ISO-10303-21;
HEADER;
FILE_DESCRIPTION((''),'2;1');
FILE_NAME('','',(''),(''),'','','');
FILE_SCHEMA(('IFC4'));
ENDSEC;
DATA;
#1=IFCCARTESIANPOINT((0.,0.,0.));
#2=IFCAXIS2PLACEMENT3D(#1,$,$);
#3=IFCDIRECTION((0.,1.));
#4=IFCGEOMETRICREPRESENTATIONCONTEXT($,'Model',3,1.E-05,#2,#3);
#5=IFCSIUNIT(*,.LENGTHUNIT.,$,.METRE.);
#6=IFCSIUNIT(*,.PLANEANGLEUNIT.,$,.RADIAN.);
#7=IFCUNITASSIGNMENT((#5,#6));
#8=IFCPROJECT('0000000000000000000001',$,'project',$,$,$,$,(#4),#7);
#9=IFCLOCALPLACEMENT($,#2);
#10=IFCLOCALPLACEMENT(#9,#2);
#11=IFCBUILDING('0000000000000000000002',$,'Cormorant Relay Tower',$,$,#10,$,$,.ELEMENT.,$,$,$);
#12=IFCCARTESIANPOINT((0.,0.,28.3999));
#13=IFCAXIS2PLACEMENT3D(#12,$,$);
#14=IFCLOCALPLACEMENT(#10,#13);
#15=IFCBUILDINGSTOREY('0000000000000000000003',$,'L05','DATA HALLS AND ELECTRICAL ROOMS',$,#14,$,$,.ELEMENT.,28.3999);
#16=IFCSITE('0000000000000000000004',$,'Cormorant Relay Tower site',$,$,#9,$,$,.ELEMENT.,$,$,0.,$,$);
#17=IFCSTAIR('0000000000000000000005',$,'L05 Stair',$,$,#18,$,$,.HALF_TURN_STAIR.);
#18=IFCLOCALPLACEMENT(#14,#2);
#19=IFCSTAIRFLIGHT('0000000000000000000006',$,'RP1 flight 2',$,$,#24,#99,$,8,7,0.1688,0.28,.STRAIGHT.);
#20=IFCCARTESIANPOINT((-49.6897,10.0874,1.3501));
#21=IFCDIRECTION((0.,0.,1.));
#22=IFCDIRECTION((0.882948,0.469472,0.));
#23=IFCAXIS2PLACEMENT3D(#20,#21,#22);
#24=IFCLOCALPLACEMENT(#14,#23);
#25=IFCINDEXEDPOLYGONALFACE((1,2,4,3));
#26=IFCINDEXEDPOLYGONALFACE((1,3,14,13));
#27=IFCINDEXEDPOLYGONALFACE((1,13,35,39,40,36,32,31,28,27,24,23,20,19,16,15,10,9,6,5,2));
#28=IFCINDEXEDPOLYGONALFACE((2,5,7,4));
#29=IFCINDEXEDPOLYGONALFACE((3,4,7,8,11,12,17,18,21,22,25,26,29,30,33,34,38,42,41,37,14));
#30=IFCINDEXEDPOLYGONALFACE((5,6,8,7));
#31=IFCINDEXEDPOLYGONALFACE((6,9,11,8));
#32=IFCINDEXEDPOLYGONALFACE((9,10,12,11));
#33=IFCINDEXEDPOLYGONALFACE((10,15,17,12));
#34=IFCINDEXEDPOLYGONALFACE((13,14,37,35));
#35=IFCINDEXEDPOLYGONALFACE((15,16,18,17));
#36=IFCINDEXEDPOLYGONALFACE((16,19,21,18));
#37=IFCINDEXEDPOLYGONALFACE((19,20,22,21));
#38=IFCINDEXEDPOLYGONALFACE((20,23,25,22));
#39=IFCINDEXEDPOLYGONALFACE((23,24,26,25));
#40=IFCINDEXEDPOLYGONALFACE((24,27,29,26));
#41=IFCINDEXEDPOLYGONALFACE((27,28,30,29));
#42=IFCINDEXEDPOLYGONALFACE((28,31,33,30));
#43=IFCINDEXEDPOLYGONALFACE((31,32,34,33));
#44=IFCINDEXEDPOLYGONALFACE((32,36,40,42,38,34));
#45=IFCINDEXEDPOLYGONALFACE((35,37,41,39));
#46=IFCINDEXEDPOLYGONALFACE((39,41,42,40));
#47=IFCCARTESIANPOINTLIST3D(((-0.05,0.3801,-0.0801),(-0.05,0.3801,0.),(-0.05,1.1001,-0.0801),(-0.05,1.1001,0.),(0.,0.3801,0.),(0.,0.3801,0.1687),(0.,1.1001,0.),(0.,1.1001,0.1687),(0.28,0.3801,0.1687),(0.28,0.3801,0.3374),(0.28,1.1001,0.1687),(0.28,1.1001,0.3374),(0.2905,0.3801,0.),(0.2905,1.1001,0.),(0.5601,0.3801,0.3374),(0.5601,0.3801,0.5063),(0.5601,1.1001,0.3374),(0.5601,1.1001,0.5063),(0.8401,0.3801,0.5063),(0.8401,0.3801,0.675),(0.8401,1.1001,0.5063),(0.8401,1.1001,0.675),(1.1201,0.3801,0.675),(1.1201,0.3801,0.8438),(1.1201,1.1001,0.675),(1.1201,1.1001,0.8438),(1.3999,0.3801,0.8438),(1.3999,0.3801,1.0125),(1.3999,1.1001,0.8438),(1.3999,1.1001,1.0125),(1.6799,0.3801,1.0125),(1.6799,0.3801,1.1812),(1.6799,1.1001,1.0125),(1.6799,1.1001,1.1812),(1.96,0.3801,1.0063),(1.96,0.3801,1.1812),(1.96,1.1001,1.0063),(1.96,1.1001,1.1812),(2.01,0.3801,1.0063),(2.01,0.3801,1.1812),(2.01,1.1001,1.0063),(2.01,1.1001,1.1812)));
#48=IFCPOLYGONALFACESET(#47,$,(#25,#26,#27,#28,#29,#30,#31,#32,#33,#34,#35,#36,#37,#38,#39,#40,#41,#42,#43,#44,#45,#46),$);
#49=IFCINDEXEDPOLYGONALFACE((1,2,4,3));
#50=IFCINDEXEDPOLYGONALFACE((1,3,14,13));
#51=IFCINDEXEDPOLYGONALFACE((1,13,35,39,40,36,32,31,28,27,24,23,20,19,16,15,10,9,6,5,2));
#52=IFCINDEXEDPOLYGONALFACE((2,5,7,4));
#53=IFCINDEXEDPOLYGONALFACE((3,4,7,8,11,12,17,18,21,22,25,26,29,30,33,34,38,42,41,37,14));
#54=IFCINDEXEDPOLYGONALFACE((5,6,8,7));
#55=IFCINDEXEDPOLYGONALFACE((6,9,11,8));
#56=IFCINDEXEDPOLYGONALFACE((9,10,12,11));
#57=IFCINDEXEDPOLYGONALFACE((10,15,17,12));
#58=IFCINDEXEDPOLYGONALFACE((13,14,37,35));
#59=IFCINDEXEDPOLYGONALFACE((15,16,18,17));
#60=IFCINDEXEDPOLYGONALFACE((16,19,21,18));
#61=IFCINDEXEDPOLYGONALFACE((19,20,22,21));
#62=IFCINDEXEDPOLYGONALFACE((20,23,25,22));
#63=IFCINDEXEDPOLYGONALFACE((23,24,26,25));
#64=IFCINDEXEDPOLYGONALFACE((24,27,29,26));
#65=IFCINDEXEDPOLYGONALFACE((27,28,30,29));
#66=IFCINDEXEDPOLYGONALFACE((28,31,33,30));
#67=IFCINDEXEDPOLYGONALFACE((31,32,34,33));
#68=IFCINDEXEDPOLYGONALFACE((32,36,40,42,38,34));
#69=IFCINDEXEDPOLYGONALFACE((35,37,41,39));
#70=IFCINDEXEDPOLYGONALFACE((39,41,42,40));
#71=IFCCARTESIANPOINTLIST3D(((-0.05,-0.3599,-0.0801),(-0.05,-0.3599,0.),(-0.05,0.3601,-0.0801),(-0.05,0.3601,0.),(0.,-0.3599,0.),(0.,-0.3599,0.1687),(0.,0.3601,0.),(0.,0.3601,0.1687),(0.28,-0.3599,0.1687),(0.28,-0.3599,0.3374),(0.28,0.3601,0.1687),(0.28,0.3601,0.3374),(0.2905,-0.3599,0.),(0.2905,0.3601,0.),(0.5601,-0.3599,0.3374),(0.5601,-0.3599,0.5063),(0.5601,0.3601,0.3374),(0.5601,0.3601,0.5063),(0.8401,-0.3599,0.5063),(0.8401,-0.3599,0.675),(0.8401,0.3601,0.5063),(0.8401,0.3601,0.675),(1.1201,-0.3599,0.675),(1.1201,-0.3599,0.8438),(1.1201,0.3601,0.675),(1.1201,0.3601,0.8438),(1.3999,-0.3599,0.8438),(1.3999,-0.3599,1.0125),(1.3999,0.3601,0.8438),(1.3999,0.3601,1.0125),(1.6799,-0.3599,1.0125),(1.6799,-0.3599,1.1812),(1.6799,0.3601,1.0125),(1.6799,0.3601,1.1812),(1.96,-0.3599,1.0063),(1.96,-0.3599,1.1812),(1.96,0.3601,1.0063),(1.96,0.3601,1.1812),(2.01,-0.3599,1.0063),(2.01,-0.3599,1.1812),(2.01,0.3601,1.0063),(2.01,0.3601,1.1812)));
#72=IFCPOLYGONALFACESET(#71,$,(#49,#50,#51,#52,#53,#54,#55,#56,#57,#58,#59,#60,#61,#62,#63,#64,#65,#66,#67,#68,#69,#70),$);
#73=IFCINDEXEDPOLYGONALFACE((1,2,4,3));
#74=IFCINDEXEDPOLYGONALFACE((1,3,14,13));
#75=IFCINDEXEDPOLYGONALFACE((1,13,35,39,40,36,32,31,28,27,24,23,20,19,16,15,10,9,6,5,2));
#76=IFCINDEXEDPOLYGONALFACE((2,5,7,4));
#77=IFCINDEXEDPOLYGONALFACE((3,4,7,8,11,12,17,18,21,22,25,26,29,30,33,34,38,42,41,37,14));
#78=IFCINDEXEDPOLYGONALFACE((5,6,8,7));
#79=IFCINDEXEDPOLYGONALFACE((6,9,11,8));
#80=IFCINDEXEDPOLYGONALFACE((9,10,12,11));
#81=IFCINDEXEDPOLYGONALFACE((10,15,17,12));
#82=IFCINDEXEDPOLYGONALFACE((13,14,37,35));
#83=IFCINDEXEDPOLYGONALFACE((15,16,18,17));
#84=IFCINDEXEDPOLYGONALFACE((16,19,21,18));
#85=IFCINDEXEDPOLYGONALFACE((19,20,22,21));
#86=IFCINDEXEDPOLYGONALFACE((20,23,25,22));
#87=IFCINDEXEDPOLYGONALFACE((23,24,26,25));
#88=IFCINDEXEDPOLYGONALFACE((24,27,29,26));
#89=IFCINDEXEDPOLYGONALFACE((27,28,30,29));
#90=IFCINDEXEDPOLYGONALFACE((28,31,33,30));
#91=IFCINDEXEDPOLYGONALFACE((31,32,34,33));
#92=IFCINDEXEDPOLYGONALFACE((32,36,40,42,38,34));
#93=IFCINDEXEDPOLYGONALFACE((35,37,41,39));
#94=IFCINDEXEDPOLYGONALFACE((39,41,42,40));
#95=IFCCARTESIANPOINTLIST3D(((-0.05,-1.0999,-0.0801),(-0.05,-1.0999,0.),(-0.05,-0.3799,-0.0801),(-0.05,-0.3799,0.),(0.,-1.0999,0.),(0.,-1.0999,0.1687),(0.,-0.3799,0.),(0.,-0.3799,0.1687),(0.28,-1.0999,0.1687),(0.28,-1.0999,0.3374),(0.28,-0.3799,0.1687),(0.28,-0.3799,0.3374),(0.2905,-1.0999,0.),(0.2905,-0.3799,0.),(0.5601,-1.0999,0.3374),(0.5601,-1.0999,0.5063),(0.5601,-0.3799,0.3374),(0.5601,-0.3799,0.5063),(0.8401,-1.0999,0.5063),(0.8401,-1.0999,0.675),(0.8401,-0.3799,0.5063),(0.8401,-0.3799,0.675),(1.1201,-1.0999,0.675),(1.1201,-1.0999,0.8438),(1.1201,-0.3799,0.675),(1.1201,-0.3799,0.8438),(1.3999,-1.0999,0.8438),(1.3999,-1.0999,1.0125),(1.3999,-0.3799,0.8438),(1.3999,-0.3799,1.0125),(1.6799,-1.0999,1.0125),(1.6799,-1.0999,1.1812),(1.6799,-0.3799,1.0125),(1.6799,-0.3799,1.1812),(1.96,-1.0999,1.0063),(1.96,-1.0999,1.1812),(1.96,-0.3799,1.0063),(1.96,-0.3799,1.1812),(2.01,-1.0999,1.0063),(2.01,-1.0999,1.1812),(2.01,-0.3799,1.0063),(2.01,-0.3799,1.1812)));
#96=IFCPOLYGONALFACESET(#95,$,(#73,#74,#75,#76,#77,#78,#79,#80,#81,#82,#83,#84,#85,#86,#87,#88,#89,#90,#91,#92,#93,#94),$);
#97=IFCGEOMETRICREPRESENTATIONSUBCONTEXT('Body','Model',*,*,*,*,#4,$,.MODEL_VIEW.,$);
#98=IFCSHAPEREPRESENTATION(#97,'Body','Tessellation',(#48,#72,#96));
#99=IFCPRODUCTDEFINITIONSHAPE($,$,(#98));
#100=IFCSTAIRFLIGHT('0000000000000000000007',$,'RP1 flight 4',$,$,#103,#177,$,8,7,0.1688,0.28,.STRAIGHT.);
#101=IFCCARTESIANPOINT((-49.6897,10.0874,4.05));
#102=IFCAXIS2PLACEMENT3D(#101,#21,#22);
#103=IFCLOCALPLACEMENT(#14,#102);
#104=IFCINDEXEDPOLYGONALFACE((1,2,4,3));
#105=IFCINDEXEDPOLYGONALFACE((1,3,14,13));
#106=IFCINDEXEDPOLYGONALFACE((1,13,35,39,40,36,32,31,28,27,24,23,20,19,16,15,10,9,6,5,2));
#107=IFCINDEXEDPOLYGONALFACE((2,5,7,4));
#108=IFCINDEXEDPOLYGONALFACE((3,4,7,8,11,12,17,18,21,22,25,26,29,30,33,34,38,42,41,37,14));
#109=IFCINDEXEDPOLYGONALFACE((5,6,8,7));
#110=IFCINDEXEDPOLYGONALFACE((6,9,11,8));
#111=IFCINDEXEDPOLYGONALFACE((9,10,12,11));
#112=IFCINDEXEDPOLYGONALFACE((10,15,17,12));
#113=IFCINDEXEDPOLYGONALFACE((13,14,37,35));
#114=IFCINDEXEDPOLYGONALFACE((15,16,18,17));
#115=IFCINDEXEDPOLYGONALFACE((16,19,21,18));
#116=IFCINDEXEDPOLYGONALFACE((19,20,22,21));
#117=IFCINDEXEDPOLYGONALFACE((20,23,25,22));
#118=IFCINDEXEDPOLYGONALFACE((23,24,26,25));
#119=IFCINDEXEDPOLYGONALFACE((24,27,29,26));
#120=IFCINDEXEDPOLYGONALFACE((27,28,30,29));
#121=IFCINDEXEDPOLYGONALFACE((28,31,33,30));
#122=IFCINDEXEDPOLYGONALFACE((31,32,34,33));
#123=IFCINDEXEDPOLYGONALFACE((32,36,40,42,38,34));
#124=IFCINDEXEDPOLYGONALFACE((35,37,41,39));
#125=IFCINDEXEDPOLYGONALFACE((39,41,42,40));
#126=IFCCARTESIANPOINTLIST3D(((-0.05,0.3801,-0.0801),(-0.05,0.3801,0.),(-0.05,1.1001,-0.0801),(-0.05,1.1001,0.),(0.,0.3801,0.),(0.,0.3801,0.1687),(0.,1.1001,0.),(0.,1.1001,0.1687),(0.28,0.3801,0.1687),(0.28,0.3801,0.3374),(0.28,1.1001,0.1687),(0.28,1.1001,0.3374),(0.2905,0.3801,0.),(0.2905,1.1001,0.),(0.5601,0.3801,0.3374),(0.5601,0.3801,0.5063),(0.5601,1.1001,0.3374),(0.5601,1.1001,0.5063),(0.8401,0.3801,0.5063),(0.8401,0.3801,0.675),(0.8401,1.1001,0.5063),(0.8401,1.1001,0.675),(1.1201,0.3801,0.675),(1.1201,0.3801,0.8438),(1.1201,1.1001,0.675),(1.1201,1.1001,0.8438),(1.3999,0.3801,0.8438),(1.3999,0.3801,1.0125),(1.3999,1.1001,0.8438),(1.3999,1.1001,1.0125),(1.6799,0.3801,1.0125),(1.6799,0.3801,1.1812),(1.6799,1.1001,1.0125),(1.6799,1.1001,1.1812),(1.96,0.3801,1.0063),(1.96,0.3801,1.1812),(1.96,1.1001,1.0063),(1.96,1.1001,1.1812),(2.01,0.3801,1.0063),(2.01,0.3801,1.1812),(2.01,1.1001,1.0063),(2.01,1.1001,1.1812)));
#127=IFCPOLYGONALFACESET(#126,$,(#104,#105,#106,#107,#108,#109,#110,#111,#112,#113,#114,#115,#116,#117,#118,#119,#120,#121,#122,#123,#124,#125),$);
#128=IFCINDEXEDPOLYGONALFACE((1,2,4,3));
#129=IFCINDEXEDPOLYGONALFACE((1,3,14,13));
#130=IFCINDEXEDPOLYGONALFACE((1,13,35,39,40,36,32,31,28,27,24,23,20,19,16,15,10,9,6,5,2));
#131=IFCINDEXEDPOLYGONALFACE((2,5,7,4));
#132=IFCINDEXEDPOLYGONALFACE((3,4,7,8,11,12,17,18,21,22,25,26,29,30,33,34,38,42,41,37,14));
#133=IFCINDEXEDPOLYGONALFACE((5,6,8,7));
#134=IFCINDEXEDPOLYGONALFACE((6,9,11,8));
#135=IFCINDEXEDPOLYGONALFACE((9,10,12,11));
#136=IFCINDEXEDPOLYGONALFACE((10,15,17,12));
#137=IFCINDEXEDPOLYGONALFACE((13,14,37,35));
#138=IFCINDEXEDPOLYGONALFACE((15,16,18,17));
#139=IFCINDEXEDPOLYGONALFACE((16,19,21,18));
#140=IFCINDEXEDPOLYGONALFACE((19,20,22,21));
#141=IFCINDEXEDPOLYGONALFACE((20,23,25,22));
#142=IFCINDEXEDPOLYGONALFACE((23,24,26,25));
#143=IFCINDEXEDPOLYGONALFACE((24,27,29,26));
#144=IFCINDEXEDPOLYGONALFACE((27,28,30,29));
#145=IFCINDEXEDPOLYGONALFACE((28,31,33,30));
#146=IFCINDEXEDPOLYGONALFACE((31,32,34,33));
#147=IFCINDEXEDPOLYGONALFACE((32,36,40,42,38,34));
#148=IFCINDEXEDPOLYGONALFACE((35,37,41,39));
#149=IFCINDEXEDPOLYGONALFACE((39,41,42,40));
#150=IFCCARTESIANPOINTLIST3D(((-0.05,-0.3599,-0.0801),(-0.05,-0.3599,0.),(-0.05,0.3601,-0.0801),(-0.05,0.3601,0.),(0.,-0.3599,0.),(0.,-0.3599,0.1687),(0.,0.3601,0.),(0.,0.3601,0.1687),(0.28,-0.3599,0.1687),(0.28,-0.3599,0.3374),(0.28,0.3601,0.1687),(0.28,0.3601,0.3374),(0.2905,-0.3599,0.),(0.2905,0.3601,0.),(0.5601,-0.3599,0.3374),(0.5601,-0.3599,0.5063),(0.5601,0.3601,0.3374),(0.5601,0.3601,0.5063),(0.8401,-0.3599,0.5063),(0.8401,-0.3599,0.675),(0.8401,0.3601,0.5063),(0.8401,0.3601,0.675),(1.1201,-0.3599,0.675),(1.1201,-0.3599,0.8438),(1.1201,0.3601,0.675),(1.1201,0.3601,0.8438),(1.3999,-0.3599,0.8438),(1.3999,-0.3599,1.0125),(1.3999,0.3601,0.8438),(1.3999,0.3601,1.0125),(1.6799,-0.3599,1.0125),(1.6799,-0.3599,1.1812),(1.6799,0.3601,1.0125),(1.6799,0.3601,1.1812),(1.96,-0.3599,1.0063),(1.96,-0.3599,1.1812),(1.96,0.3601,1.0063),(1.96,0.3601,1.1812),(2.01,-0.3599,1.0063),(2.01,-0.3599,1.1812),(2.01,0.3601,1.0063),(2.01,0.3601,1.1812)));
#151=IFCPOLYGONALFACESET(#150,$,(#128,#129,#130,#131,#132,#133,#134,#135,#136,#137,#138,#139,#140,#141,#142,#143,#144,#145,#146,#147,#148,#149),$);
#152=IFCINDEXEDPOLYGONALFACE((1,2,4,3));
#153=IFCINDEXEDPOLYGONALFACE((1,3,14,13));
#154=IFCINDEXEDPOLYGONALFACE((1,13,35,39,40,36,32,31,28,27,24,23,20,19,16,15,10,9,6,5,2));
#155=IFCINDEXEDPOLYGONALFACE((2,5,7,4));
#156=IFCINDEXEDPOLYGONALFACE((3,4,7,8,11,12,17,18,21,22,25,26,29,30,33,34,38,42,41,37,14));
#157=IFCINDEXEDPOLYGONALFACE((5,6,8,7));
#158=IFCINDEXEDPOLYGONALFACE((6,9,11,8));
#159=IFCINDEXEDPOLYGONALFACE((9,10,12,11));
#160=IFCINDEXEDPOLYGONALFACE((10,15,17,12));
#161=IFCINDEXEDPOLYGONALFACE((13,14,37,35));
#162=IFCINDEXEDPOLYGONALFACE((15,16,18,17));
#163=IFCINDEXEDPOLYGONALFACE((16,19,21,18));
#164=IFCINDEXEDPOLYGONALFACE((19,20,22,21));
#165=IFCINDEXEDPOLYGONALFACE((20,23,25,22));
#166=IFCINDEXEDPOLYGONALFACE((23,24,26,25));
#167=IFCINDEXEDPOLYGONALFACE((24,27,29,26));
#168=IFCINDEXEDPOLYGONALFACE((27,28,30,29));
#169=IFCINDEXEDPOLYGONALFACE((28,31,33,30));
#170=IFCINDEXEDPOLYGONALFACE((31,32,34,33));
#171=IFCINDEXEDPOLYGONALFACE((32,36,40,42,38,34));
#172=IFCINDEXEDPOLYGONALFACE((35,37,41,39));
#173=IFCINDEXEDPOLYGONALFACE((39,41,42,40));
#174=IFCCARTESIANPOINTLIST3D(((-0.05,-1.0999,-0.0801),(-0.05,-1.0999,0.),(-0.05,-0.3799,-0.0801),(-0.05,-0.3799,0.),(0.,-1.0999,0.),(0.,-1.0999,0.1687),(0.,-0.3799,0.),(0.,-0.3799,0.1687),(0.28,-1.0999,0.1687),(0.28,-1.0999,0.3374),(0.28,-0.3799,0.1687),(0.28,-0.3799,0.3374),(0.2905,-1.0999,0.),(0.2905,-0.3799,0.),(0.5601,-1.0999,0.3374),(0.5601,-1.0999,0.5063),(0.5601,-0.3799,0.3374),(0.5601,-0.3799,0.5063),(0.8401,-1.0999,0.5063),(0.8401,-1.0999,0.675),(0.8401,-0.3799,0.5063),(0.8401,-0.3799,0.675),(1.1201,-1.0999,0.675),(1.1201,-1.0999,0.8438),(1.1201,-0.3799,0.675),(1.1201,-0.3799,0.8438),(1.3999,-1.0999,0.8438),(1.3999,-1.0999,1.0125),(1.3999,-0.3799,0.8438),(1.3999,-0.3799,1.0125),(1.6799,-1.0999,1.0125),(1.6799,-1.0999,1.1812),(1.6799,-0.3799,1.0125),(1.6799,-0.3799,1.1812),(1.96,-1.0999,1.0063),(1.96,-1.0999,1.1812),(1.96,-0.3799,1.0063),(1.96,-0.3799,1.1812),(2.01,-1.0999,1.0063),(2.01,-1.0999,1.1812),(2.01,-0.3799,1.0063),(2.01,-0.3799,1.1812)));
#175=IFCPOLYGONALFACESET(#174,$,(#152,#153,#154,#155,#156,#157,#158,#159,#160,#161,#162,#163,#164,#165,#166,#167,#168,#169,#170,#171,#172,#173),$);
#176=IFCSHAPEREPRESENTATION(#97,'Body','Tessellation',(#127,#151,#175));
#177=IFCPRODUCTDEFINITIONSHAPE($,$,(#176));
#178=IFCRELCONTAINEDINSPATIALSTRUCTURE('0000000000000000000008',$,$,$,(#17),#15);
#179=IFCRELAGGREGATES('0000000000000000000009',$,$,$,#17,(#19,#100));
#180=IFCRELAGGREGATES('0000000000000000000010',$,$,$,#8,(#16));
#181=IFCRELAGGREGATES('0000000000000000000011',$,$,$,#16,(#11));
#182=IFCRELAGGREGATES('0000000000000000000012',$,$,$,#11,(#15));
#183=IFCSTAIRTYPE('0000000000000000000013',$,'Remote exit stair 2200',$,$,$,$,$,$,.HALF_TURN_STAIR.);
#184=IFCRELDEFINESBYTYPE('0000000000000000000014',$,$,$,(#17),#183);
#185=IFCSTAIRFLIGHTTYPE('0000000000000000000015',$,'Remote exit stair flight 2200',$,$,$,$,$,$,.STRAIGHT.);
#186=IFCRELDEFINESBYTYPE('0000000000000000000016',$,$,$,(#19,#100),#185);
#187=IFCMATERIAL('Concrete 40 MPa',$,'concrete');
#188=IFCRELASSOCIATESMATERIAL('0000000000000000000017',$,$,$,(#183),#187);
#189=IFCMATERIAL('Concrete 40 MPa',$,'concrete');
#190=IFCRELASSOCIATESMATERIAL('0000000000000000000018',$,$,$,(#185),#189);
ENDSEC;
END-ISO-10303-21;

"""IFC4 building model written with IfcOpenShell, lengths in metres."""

from ifc_helpers import new_model, si_unit, direction, frame, origin, place, context, subcontext, project, spatial, polyline, outline, extrude, material, type_object, element, aggregate, save


model = new_model("IFC4")

# Units and contexts
model_context = context("Model", 3, precision=1e-05, world=origin(), true_north=direction((0.0, 1.0)))
body_context = subcontext(model_context, "Body", "Model", "MODEL_VIEW")
ifc_project = project(units=[si_unit("LENGTHUNIT", "METRE"), si_unit("PLANEANGLEUNIT", "RADIAN")], contexts=[model_context])

# Site, building, storey
site_placement = place(None, origin())
site = spatial("IfcSite", under=ifc_project, at=site_placement, Name="Cormorant Relay Tower site", CompositionType="ELEMENT", RefElevation=0.0)
building_placement = place(site_placement, origin())
building = spatial("IfcBuilding", under=site, at=building_placement, Name="Cormorant Relay Tower", CompositionType="ELEMENT")
storey_placement = place(building_placement, frame((0.0, 0.0, 28.3999)))
storey = spatial("IfcBuildingStorey", under=building, at=storey_placement, Name="L05", Description="DATA HALLS AND ELECTRICAL ROOMS", CompositionType="ELEMENT", Elevation=28.3999)

# Stair, stair flights
ifc_material_1 = material(Name="Concrete 40 MPa", Category="concrete")
stair_type = type_object("IfcStairType", Name="Remote exit stair 2200", PredefinedType="HALF_TURN_STAIR", material=ifc_material_1)
stair_placement = place(storey_placement, origin())
stair = element("IfcStair", 1, at=stair_placement, inside=storey, type_object=stair_type, Name="L05 Stair", PredefinedType="HALF_TURN_STAIR")
ifc_material_2 = material(Name="Concrete 40 MPa", Category="concrete")
stair_flight_type = type_object("IfcStairFlightType", Name="Remote exit stair flight 2200", PredefinedType="STRAIGHT", material=ifc_material_2)
stair_flight_1_placement = place(storey_placement, frame((-49.6897, 10.0874, 1.3501), z_axis=(0.0, 0.0, 1.0), x_axis=(0.882948, 0.469472, 0.0)))
stair_flight_1 = element("IfcStairFlight", 2, at=stair_flight_1_placement, type_object=stair_flight_type, Name="RP1 flight 2", NumberOfRisers=8, NumberOfTreads=7, PredefinedType="STRAIGHT", RiserHeight=0.1688, TreadLength=0.28, context=body_context, shape_type="SweptSolid", body=[
    extrude(outline(polyline([(-0.05, -0.0801), (-0.05, 0.0), (0.0, 0.0), (0.0, 0.1687), (0.28, 0.1687), (0.28, 0.3374), (0.5601, 0.3374), (0.5601, 0.5063), (0.8401, 0.5063), (0.8401, 0.675), (1.1201, 0.675), (1.1201, 0.8438), (1.3999, 0.8438), (1.3999, 1.0125), (1.6799, 1.0125), (1.6799, 1.1812), (1.96, 1.1812), (2.01, 1.1812), (2.01, 1.0063), (1.96, 1.0063), (0.2905, 0.0), (-0.05, -0.0801)])), frame((0.0, 1.1001, 0.0), z_axis=(0.0, -1.0, 0.0), x_axis=(1.0, 0.0, 0.0)), (0.0, 0.0, 1.0), 0.72),
    extrude(outline(polyline([(-0.05, -0.0801), (-0.05, 0.0), (0.0, 0.0), (0.0, 0.1687), (0.28, 0.1687), (0.28, 0.3374), (0.5601, 0.3374), (0.5601, 0.5063), (0.8401, 0.5063), (0.8401, 0.675), (1.1201, 0.675), (1.1201, 0.8438), (1.3999, 0.8438), (1.3999, 1.0125), (1.6799, 1.0125), (1.6799, 1.1812), (1.96, 1.1812), (2.01, 1.1812), (2.01, 1.0063), (1.96, 1.0063), (0.2905, 0.0), (-0.05, -0.0801)])), frame((0.0, 0.3601, 0.0), z_axis=(0.0, -1.0, 0.0), x_axis=(1.0, 0.0, 0.0)), (0.0, 0.0, 1.0), 0.72),
    extrude(outline(polyline([(-0.05, -0.0801), (-0.05, 0.0), (0.0, 0.0), (0.0, 0.1687), (0.28, 0.1687), (0.28, 0.3374), (0.5601, 0.3374), (0.5601, 0.5063), (0.8401, 0.5063), (0.8401, 0.675), (1.1201, 0.675), (1.1201, 0.8438), (1.3999, 0.8438), (1.3999, 1.0125), (1.6799, 1.0125), (1.6799, 1.1812), (1.96, 1.1812), (2.01, 1.1812), (2.01, 1.0063), (1.96, 1.0063), (0.2905, 0.0), (-0.05, -0.0801)])), frame((0.0, -0.3799, 0.0), z_axis=(0.0, -1.0, 0.0), x_axis=(1.0, 0.0, 0.0)), (0.0, 0.0, 1.0), 0.72),
])
stair_flight_2_placement = place(storey_placement, frame((-49.6897, 10.0874, 4.05), z_axis=(0.0, 0.0, 1.0), x_axis=(0.882948, 0.469472, 0.0)))
stair_flight_2 = element("IfcStairFlight", 3, at=stair_flight_2_placement, type_object=stair_flight_type, Name="RP1 flight 4", NumberOfRisers=8, NumberOfTreads=7, PredefinedType="STRAIGHT", RiserHeight=0.1688, TreadLength=0.28, context=body_context, shape_type="SweptSolid", body=[
    extrude(outline(polyline([(-0.05, -0.0801), (-0.05, 0.0), (0.0, 0.0), (0.0, 0.1687), (0.28, 0.1687), (0.28, 0.3374), (0.5601, 0.3374), (0.5601, 0.5063), (0.8401, 0.5063), (0.8401, 0.675), (1.1201, 0.675), (1.1201, 0.8438), (1.3999, 0.8438), (1.3999, 1.0125), (1.6799, 1.0125), (1.6799, 1.1812), (1.96, 1.1812), (2.01, 1.1812), (2.01, 1.0063), (1.96, 1.0063), (0.2905, 0.0), (-0.05, -0.0801)])), frame((0.0, 1.1001, 0.0), z_axis=(0.0, -1.0, 0.0), x_axis=(1.0, 0.0, 0.0)), (0.0, 0.0, 1.0), 0.72),
    extrude(outline(polyline([(-0.05, -0.0801), (-0.05, 0.0), (0.0, 0.0), (0.0, 0.1687), (0.28, 0.1687), (0.28, 0.3374), (0.5601, 0.3374), (0.5601, 0.5063), (0.8401, 0.5063), (0.8401, 0.675), (1.1201, 0.675), (1.1201, 0.8438), (1.3999, 0.8438), (1.3999, 1.0125), (1.6799, 1.0125), (1.6799, 1.1812), (1.96, 1.1812), (2.01, 1.1812), (2.01, 1.0063), (1.96, 1.0063), (0.2905, 0.0), (-0.05, -0.0801)])), frame((0.0, 0.3601, 0.0), z_axis=(0.0, -1.0, 0.0), x_axis=(1.0, 0.0, 0.0)), (0.0, 0.0, 1.0), 0.72),
    extrude(outline(polyline([(-0.05, -0.0801), (-0.05, 0.0), (0.0, 0.0), (0.0, 0.1687), (0.28, 0.1687), (0.28, 0.3374), (0.5601, 0.3374), (0.5601, 0.5063), (0.8401, 0.5063), (0.8401, 0.675), (1.1201, 0.675), (1.1201, 0.8438), (1.3999, 0.8438), (1.3999, 1.0125), (1.6799, 1.0125), (1.6799, 1.1812), (1.96, 1.1812), (2.01, 1.1812), (2.01, 1.0063), (1.96, 1.0063), (0.2905, 0.0), (-0.05, -0.0801)])), frame((0.0, -0.3799, 0.0), z_axis=(0.0, -1.0, 0.0), x_axis=(1.0, 0.0, 0.0)), (0.0, 0.0, 1.0), 0.72),
])
aggregate(stair, [stair_flight_1, stair_flight_2])

save(model, "model.ifc")
